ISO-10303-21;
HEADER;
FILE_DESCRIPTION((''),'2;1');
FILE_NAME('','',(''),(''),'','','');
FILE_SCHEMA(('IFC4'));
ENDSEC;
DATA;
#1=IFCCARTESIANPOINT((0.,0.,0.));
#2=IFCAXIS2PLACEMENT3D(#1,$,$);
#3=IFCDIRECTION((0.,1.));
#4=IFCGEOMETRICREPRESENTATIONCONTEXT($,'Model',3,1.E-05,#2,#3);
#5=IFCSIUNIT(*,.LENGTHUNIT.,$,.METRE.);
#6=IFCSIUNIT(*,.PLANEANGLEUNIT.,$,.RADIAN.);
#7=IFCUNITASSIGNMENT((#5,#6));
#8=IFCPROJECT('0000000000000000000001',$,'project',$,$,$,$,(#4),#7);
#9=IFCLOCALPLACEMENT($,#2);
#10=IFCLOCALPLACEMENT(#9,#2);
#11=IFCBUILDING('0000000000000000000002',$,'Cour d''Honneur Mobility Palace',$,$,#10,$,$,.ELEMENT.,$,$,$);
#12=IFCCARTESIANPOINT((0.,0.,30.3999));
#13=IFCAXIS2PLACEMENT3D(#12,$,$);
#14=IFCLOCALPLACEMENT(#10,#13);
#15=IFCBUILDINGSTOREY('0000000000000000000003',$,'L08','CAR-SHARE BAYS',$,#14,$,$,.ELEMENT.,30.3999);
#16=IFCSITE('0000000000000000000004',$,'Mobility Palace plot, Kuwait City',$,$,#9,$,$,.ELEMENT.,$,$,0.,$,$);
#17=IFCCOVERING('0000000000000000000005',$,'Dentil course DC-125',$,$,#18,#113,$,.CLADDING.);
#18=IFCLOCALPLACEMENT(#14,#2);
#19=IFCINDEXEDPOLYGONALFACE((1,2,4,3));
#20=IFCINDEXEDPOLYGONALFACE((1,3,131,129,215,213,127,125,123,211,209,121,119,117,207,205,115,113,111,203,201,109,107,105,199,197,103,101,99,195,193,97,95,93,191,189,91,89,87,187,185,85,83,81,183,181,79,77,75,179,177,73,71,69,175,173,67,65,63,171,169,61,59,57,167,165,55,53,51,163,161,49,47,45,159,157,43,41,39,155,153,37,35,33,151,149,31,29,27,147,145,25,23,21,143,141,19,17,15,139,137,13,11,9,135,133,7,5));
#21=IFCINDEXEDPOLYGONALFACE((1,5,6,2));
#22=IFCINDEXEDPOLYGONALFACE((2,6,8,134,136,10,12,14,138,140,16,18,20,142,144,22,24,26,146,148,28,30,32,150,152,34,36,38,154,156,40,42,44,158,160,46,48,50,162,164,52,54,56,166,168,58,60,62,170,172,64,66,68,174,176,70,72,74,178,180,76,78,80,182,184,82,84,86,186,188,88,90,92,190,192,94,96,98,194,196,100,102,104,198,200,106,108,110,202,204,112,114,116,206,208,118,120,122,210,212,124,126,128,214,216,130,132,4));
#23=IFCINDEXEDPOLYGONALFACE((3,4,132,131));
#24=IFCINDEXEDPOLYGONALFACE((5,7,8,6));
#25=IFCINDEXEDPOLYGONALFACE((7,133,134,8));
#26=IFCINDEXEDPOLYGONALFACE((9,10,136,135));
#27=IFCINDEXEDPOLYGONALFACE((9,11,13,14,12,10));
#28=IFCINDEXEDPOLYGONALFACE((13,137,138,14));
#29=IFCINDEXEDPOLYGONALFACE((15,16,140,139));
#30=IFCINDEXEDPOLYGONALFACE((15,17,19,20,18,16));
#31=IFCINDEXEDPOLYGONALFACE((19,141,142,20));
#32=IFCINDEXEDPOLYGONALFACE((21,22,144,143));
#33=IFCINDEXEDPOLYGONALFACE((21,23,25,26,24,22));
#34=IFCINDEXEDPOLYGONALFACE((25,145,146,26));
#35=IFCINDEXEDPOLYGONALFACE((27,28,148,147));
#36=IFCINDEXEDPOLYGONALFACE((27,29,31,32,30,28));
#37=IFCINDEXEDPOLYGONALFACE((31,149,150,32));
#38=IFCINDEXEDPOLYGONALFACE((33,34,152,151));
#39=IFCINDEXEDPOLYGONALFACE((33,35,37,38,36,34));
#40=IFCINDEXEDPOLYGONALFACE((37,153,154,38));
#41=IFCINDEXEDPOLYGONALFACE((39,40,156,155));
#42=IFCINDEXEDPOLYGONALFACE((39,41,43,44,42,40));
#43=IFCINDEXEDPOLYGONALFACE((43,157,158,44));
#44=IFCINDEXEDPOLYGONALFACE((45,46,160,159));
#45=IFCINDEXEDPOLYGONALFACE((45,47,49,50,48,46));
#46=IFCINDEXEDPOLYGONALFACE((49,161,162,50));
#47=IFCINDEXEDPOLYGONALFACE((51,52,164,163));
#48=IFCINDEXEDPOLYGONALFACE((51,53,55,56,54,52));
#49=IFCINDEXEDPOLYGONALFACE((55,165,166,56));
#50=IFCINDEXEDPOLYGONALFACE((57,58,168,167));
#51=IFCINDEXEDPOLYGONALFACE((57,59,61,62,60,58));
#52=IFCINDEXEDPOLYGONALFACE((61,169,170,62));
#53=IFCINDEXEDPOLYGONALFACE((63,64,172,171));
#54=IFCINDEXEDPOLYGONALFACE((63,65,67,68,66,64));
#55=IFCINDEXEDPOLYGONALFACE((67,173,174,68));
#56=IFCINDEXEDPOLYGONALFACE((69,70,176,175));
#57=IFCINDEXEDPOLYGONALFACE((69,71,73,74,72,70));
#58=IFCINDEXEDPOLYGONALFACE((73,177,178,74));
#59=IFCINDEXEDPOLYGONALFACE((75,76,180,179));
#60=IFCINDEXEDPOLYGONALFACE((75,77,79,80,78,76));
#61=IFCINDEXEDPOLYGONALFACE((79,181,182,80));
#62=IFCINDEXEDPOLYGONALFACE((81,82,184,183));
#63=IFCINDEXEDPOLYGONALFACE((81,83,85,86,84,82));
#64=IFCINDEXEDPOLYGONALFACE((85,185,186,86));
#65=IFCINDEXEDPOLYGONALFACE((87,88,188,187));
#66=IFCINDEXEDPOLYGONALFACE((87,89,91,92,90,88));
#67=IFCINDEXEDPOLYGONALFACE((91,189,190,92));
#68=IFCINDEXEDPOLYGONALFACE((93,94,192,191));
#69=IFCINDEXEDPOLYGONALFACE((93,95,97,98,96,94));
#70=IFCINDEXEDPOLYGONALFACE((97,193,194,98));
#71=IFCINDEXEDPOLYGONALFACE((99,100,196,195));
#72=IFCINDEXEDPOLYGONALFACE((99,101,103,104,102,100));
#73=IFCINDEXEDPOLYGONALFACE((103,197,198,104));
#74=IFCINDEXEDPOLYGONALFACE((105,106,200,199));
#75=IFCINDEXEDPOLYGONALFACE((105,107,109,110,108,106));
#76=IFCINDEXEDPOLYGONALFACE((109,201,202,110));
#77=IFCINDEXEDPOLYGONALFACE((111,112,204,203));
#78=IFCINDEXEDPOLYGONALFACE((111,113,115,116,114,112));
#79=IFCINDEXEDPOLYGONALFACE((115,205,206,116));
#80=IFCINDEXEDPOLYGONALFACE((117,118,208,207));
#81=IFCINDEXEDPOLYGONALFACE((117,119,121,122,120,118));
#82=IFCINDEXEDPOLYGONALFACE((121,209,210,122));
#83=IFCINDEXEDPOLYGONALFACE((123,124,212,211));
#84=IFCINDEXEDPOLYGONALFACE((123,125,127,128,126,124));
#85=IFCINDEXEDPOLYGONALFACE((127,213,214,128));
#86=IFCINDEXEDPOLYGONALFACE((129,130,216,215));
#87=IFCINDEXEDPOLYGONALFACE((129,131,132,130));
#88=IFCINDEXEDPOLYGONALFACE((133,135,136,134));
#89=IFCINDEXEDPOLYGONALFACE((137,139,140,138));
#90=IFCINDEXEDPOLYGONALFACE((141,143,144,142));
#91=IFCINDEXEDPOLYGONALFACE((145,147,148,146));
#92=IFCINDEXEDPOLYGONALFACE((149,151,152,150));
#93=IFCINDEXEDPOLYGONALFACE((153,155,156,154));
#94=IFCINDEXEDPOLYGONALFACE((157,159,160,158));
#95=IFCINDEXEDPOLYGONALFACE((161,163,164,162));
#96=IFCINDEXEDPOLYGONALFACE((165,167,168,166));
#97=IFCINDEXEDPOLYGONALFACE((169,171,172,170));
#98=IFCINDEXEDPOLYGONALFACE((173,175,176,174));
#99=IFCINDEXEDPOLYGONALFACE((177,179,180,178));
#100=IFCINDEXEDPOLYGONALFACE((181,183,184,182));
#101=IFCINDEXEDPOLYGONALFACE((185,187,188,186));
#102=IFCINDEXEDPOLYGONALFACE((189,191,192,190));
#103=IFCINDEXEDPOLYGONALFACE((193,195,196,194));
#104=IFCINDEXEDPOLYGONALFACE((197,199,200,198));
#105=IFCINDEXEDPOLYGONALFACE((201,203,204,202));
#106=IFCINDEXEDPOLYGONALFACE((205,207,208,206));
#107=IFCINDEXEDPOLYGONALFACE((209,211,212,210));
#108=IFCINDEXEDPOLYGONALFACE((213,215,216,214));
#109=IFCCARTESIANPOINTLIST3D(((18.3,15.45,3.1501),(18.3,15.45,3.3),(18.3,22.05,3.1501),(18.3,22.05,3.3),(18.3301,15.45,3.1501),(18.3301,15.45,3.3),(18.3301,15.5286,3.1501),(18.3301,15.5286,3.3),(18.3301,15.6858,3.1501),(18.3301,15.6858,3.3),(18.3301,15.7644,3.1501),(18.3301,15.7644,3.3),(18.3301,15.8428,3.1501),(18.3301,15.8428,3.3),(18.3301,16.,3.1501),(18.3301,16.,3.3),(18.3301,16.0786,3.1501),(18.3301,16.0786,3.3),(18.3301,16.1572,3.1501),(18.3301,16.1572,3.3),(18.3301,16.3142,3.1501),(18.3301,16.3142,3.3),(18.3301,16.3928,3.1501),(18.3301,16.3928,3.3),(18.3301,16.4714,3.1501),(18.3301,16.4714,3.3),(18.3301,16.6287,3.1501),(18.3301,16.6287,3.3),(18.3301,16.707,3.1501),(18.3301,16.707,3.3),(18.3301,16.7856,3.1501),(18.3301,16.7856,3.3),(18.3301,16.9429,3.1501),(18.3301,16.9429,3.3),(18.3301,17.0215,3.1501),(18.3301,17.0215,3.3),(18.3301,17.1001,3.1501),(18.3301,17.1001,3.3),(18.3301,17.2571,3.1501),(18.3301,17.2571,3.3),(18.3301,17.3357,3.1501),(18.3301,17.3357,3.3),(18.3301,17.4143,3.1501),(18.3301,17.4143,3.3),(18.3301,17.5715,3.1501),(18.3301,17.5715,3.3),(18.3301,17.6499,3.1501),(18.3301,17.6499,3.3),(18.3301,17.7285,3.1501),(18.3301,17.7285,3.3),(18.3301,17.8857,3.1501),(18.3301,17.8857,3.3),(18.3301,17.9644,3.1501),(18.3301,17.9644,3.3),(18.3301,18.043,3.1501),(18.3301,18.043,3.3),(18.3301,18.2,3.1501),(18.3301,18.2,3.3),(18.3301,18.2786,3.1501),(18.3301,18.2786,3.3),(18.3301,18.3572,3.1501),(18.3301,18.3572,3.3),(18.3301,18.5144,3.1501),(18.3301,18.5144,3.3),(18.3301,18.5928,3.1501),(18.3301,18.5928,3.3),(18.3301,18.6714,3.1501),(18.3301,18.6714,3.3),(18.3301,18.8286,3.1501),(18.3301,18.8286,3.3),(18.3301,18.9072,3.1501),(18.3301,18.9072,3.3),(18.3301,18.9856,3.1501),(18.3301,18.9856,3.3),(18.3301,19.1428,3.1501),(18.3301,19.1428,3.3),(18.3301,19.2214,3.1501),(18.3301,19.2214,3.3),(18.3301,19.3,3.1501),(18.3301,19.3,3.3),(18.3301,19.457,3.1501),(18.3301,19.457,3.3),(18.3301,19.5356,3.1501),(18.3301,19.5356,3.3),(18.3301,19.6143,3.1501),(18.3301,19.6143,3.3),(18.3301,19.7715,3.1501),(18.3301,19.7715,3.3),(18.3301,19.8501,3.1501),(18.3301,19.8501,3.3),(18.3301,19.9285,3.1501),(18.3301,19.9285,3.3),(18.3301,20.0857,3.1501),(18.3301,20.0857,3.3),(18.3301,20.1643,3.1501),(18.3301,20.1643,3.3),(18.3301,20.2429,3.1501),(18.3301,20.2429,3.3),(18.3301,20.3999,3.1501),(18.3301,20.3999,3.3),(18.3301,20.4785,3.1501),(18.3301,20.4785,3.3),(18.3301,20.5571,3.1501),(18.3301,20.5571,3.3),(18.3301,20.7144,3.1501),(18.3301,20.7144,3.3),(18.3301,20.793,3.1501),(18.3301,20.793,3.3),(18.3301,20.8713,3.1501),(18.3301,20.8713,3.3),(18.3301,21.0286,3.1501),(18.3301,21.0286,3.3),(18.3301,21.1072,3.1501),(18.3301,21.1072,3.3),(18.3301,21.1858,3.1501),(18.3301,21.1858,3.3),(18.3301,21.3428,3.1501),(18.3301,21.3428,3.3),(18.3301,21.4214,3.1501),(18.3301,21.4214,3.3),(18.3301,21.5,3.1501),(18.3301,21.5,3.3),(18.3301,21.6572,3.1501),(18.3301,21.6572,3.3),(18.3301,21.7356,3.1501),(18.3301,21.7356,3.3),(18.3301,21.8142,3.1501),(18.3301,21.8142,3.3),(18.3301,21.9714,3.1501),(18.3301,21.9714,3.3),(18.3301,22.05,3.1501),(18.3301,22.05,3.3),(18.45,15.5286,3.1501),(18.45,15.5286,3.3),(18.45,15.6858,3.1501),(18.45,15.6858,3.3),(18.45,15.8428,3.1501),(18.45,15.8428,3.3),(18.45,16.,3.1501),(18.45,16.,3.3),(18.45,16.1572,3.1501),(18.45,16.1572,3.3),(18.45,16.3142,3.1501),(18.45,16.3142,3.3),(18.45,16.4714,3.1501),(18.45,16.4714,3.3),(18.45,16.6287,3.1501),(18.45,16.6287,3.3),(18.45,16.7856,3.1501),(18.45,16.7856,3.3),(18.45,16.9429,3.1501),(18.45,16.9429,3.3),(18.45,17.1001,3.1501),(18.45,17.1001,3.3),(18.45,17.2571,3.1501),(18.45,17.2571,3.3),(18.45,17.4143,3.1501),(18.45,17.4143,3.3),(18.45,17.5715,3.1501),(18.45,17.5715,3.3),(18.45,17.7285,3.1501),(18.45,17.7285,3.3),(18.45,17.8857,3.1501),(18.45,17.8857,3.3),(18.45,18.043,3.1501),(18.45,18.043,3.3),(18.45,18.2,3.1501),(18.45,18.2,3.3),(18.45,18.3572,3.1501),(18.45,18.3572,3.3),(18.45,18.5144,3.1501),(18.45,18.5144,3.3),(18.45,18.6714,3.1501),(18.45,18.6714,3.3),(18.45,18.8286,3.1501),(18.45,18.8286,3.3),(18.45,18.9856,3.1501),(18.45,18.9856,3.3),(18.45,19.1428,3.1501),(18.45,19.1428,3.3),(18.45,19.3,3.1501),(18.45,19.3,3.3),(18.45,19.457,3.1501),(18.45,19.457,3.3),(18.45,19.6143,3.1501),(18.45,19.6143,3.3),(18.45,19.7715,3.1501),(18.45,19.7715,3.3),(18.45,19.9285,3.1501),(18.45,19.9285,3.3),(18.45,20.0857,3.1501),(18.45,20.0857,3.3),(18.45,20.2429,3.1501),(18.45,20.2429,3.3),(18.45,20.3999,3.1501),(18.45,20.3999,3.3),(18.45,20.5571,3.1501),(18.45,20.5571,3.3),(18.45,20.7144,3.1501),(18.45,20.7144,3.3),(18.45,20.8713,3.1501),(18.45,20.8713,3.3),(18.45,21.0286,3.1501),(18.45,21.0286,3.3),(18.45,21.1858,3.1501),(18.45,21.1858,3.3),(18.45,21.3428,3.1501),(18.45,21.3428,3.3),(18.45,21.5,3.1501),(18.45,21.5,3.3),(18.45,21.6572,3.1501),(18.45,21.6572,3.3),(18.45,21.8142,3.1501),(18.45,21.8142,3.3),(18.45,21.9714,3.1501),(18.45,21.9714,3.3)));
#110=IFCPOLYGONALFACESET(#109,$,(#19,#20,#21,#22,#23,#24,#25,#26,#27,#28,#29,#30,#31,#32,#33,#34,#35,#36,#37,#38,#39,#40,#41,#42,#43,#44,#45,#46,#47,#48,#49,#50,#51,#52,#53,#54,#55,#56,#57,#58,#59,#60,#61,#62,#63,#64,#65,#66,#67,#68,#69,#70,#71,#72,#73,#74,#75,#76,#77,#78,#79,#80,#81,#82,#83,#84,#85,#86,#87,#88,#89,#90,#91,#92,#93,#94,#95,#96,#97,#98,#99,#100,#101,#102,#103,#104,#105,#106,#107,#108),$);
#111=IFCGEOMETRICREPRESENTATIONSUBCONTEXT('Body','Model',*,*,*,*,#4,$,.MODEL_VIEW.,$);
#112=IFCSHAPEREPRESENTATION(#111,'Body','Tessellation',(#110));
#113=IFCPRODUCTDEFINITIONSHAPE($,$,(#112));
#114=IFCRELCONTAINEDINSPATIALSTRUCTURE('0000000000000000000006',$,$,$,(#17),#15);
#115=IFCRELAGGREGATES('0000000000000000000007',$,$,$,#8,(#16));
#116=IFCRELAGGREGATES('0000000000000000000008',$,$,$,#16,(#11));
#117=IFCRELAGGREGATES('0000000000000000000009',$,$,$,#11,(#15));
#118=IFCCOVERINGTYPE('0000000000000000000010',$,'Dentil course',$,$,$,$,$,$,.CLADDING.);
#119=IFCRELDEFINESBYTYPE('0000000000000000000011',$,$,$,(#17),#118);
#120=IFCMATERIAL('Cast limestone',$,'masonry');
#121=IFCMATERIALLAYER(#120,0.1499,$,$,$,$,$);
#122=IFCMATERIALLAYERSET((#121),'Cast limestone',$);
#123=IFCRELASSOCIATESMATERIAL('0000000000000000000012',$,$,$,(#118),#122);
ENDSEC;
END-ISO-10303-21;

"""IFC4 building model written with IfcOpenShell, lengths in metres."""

from ifc_helpers import new_model, si_unit, direction, frame, origin, place, context, subcontext, project, spatial, polyline, outline, extrude, material, layer, layer_set, type_object, element, save


model = new_model("IFC4")

# Units and contexts
model_context = context("Model", 3, precision=1e-05, world=origin(), true_north=direction((0.0, 1.0)))
body_context = subcontext(model_context, "Body", "Model", "MODEL_VIEW")
ifc_project = project(units=[si_unit("LENGTHUNIT", "METRE"), si_unit("PLANEANGLEUNIT", "RADIAN")], contexts=[model_context])

# Site, building, storey
site_placement = place(None, origin())
site = spatial("IfcSite", under=ifc_project, at=site_placement, Name="Mobility Palace plot, Kuwait City", CompositionType="ELEMENT", RefElevation=0.0)
building_placement = place(site_placement, origin())
building = spatial("IfcBuilding", under=site, at=building_placement, Name="Cour d'Honneur Mobility Palace", CompositionType="ELEMENT")
storey_placement = place(building_placement, frame((0.0, 0.0, 30.3999)))
storey = spatial("IfcBuildingStorey", under=building, at=storey_placement, Name="L08", Description="CAR-SHARE BAYS", CompositionType="ELEMENT", Elevation=30.3999)

# Covering
ifc_material_1 = material(Name="Cast limestone", Category="masonry")
ifc_layer_1 = layer(ifc_material_1, 0.1499)
ifc_layer_set_1 = layer_set([ifc_layer_1], Name="Cast limestone")
covering_type_1 = type_object("IfcCoveringType", Name="Dentil course", PredefinedType="CLADDING", material=ifc_layer_set_1)
covering_1_placement = place(storey_placement, frame((0.0, 0.0, 3.1501)))
element("IfcCovering", 1, at=covering_1_placement, inside=storey, type_object=covering_type_1, Name="Dentil course DC-125", PredefinedType="CLADDING", context=body_context, shape_type="SweptSolid", body=[
    extrude(outline(polyline([(18.3, 15.45), (18.3, 22.05), (18.3301, 22.05), (18.3301, 22.05), (18.3301, 21.9714), (18.45, 21.9714), (18.45, 21.8142), (18.3301, 21.8142), (18.3301, 21.7356), (18.3301, 21.7356), (18.3301, 21.6572), (18.45, 21.6572), (18.45, 21.5), (18.3301, 21.5), (18.3301, 21.4214), (18.3301, 21.4214), (18.3301, 21.3428), (18.45, 21.3428), (18.45, 21.1858), (18.3301, 21.1858), (18.3301, 21.1072), (18.3301, 21.1072), (18.3301, 21.0286), (18.45, 21.0286), (18.45, 20.8713), (18.3301, 20.8713), (18.3301, 20.793), (18.3301, 20.793), (18.3301, 20.7144), (18.45, 20.7144), (18.45, 20.5571), (18.3301, 20.5571), (18.3301, 20.4785), (18.3301, 20.4785), (18.3301, 20.3999), (18.45, 20.3999), (18.45, 20.2429), (18.3301, 20.2429), (18.3301, 20.1643), (18.3301, 20.1643), (18.3301, 20.0857), (18.45, 20.0857), (18.45, 19.9285), (18.3301, 19.9285), (18.3301, 19.8501), (18.3301, 19.8501), (18.3301, 19.7715), (18.45, 19.7715), (18.45, 19.6143), (18.3301, 19.6143), (18.3301, 19.5356), (18.3301, 19.5356), (18.3301, 19.457), (18.45, 19.457), (18.45, 19.3), (18.3301, 19.3), (18.3301, 19.2214), (18.3301, 19.2214), (18.3301, 19.1428), (18.45, 19.1428), (18.45, 18.9856), (18.3301, 18.9856), (18.3301, 18.9072), (18.3301, 18.9072), (18.3301, 18.8286), (18.45, 18.8286), (18.45, 18.6714), (18.3301, 18.6714), (18.3301, 18.5928), (18.3301, 18.5928), (18.3301, 18.5144), (18.45, 18.5144), (18.45, 18.3572), (18.3301, 18.3572), (18.3301, 18.2786), (18.3301, 18.2786), (18.3301, 18.2), (18.45, 18.2), (18.45, 18.043), (18.3301, 18.043), (18.3301, 17.9644), (18.3301, 17.9644), (18.3301, 17.8857), (18.45, 17.8857), (18.45, 17.7285), (18.3301, 17.7285), (18.3301, 17.6499), (18.3301, 17.6499), (18.3301, 17.5715), (18.45, 17.5715), (18.45, 17.4143), (18.3301, 17.4143), (18.3301, 17.3357), (18.3301, 17.3357), (18.3301, 17.2571), (18.45, 17.2571), (18.45, 17.1001), (18.3301, 17.1001), (18.3301, 17.0215), (18.3301, 17.0215), (18.3301, 16.9429), (18.45, 16.9429), (18.45, 16.7856), (18.3301, 16.7856), (18.3301, 16.707), (18.3301, 16.707), (18.3301, 16.6287), (18.45, 16.6287), (18.45, 16.4714), (18.3301, 16.4714), (18.3301, 16.3928), (18.3301, 16.3928), (18.3301, 16.3142), (18.45, 16.3142), (18.45, 16.1572), (18.3301, 16.1572), (18.3301, 16.0786), (18.3301, 16.0786), (18.3301, 16.0), (18.45, 16.0), (18.45, 15.8428), (18.3301, 15.8428), (18.3301, 15.7644), (18.3301, 15.7644), (18.3301, 15.6858), (18.45, 15.6858), (18.45, 15.5286), (18.3301, 15.5286), (18.3301, 15.45), (18.3, 15.45)])), origin(), (0.0, 0.0, 1.0), 0.1499),
])

save(model, "model.ifc")
